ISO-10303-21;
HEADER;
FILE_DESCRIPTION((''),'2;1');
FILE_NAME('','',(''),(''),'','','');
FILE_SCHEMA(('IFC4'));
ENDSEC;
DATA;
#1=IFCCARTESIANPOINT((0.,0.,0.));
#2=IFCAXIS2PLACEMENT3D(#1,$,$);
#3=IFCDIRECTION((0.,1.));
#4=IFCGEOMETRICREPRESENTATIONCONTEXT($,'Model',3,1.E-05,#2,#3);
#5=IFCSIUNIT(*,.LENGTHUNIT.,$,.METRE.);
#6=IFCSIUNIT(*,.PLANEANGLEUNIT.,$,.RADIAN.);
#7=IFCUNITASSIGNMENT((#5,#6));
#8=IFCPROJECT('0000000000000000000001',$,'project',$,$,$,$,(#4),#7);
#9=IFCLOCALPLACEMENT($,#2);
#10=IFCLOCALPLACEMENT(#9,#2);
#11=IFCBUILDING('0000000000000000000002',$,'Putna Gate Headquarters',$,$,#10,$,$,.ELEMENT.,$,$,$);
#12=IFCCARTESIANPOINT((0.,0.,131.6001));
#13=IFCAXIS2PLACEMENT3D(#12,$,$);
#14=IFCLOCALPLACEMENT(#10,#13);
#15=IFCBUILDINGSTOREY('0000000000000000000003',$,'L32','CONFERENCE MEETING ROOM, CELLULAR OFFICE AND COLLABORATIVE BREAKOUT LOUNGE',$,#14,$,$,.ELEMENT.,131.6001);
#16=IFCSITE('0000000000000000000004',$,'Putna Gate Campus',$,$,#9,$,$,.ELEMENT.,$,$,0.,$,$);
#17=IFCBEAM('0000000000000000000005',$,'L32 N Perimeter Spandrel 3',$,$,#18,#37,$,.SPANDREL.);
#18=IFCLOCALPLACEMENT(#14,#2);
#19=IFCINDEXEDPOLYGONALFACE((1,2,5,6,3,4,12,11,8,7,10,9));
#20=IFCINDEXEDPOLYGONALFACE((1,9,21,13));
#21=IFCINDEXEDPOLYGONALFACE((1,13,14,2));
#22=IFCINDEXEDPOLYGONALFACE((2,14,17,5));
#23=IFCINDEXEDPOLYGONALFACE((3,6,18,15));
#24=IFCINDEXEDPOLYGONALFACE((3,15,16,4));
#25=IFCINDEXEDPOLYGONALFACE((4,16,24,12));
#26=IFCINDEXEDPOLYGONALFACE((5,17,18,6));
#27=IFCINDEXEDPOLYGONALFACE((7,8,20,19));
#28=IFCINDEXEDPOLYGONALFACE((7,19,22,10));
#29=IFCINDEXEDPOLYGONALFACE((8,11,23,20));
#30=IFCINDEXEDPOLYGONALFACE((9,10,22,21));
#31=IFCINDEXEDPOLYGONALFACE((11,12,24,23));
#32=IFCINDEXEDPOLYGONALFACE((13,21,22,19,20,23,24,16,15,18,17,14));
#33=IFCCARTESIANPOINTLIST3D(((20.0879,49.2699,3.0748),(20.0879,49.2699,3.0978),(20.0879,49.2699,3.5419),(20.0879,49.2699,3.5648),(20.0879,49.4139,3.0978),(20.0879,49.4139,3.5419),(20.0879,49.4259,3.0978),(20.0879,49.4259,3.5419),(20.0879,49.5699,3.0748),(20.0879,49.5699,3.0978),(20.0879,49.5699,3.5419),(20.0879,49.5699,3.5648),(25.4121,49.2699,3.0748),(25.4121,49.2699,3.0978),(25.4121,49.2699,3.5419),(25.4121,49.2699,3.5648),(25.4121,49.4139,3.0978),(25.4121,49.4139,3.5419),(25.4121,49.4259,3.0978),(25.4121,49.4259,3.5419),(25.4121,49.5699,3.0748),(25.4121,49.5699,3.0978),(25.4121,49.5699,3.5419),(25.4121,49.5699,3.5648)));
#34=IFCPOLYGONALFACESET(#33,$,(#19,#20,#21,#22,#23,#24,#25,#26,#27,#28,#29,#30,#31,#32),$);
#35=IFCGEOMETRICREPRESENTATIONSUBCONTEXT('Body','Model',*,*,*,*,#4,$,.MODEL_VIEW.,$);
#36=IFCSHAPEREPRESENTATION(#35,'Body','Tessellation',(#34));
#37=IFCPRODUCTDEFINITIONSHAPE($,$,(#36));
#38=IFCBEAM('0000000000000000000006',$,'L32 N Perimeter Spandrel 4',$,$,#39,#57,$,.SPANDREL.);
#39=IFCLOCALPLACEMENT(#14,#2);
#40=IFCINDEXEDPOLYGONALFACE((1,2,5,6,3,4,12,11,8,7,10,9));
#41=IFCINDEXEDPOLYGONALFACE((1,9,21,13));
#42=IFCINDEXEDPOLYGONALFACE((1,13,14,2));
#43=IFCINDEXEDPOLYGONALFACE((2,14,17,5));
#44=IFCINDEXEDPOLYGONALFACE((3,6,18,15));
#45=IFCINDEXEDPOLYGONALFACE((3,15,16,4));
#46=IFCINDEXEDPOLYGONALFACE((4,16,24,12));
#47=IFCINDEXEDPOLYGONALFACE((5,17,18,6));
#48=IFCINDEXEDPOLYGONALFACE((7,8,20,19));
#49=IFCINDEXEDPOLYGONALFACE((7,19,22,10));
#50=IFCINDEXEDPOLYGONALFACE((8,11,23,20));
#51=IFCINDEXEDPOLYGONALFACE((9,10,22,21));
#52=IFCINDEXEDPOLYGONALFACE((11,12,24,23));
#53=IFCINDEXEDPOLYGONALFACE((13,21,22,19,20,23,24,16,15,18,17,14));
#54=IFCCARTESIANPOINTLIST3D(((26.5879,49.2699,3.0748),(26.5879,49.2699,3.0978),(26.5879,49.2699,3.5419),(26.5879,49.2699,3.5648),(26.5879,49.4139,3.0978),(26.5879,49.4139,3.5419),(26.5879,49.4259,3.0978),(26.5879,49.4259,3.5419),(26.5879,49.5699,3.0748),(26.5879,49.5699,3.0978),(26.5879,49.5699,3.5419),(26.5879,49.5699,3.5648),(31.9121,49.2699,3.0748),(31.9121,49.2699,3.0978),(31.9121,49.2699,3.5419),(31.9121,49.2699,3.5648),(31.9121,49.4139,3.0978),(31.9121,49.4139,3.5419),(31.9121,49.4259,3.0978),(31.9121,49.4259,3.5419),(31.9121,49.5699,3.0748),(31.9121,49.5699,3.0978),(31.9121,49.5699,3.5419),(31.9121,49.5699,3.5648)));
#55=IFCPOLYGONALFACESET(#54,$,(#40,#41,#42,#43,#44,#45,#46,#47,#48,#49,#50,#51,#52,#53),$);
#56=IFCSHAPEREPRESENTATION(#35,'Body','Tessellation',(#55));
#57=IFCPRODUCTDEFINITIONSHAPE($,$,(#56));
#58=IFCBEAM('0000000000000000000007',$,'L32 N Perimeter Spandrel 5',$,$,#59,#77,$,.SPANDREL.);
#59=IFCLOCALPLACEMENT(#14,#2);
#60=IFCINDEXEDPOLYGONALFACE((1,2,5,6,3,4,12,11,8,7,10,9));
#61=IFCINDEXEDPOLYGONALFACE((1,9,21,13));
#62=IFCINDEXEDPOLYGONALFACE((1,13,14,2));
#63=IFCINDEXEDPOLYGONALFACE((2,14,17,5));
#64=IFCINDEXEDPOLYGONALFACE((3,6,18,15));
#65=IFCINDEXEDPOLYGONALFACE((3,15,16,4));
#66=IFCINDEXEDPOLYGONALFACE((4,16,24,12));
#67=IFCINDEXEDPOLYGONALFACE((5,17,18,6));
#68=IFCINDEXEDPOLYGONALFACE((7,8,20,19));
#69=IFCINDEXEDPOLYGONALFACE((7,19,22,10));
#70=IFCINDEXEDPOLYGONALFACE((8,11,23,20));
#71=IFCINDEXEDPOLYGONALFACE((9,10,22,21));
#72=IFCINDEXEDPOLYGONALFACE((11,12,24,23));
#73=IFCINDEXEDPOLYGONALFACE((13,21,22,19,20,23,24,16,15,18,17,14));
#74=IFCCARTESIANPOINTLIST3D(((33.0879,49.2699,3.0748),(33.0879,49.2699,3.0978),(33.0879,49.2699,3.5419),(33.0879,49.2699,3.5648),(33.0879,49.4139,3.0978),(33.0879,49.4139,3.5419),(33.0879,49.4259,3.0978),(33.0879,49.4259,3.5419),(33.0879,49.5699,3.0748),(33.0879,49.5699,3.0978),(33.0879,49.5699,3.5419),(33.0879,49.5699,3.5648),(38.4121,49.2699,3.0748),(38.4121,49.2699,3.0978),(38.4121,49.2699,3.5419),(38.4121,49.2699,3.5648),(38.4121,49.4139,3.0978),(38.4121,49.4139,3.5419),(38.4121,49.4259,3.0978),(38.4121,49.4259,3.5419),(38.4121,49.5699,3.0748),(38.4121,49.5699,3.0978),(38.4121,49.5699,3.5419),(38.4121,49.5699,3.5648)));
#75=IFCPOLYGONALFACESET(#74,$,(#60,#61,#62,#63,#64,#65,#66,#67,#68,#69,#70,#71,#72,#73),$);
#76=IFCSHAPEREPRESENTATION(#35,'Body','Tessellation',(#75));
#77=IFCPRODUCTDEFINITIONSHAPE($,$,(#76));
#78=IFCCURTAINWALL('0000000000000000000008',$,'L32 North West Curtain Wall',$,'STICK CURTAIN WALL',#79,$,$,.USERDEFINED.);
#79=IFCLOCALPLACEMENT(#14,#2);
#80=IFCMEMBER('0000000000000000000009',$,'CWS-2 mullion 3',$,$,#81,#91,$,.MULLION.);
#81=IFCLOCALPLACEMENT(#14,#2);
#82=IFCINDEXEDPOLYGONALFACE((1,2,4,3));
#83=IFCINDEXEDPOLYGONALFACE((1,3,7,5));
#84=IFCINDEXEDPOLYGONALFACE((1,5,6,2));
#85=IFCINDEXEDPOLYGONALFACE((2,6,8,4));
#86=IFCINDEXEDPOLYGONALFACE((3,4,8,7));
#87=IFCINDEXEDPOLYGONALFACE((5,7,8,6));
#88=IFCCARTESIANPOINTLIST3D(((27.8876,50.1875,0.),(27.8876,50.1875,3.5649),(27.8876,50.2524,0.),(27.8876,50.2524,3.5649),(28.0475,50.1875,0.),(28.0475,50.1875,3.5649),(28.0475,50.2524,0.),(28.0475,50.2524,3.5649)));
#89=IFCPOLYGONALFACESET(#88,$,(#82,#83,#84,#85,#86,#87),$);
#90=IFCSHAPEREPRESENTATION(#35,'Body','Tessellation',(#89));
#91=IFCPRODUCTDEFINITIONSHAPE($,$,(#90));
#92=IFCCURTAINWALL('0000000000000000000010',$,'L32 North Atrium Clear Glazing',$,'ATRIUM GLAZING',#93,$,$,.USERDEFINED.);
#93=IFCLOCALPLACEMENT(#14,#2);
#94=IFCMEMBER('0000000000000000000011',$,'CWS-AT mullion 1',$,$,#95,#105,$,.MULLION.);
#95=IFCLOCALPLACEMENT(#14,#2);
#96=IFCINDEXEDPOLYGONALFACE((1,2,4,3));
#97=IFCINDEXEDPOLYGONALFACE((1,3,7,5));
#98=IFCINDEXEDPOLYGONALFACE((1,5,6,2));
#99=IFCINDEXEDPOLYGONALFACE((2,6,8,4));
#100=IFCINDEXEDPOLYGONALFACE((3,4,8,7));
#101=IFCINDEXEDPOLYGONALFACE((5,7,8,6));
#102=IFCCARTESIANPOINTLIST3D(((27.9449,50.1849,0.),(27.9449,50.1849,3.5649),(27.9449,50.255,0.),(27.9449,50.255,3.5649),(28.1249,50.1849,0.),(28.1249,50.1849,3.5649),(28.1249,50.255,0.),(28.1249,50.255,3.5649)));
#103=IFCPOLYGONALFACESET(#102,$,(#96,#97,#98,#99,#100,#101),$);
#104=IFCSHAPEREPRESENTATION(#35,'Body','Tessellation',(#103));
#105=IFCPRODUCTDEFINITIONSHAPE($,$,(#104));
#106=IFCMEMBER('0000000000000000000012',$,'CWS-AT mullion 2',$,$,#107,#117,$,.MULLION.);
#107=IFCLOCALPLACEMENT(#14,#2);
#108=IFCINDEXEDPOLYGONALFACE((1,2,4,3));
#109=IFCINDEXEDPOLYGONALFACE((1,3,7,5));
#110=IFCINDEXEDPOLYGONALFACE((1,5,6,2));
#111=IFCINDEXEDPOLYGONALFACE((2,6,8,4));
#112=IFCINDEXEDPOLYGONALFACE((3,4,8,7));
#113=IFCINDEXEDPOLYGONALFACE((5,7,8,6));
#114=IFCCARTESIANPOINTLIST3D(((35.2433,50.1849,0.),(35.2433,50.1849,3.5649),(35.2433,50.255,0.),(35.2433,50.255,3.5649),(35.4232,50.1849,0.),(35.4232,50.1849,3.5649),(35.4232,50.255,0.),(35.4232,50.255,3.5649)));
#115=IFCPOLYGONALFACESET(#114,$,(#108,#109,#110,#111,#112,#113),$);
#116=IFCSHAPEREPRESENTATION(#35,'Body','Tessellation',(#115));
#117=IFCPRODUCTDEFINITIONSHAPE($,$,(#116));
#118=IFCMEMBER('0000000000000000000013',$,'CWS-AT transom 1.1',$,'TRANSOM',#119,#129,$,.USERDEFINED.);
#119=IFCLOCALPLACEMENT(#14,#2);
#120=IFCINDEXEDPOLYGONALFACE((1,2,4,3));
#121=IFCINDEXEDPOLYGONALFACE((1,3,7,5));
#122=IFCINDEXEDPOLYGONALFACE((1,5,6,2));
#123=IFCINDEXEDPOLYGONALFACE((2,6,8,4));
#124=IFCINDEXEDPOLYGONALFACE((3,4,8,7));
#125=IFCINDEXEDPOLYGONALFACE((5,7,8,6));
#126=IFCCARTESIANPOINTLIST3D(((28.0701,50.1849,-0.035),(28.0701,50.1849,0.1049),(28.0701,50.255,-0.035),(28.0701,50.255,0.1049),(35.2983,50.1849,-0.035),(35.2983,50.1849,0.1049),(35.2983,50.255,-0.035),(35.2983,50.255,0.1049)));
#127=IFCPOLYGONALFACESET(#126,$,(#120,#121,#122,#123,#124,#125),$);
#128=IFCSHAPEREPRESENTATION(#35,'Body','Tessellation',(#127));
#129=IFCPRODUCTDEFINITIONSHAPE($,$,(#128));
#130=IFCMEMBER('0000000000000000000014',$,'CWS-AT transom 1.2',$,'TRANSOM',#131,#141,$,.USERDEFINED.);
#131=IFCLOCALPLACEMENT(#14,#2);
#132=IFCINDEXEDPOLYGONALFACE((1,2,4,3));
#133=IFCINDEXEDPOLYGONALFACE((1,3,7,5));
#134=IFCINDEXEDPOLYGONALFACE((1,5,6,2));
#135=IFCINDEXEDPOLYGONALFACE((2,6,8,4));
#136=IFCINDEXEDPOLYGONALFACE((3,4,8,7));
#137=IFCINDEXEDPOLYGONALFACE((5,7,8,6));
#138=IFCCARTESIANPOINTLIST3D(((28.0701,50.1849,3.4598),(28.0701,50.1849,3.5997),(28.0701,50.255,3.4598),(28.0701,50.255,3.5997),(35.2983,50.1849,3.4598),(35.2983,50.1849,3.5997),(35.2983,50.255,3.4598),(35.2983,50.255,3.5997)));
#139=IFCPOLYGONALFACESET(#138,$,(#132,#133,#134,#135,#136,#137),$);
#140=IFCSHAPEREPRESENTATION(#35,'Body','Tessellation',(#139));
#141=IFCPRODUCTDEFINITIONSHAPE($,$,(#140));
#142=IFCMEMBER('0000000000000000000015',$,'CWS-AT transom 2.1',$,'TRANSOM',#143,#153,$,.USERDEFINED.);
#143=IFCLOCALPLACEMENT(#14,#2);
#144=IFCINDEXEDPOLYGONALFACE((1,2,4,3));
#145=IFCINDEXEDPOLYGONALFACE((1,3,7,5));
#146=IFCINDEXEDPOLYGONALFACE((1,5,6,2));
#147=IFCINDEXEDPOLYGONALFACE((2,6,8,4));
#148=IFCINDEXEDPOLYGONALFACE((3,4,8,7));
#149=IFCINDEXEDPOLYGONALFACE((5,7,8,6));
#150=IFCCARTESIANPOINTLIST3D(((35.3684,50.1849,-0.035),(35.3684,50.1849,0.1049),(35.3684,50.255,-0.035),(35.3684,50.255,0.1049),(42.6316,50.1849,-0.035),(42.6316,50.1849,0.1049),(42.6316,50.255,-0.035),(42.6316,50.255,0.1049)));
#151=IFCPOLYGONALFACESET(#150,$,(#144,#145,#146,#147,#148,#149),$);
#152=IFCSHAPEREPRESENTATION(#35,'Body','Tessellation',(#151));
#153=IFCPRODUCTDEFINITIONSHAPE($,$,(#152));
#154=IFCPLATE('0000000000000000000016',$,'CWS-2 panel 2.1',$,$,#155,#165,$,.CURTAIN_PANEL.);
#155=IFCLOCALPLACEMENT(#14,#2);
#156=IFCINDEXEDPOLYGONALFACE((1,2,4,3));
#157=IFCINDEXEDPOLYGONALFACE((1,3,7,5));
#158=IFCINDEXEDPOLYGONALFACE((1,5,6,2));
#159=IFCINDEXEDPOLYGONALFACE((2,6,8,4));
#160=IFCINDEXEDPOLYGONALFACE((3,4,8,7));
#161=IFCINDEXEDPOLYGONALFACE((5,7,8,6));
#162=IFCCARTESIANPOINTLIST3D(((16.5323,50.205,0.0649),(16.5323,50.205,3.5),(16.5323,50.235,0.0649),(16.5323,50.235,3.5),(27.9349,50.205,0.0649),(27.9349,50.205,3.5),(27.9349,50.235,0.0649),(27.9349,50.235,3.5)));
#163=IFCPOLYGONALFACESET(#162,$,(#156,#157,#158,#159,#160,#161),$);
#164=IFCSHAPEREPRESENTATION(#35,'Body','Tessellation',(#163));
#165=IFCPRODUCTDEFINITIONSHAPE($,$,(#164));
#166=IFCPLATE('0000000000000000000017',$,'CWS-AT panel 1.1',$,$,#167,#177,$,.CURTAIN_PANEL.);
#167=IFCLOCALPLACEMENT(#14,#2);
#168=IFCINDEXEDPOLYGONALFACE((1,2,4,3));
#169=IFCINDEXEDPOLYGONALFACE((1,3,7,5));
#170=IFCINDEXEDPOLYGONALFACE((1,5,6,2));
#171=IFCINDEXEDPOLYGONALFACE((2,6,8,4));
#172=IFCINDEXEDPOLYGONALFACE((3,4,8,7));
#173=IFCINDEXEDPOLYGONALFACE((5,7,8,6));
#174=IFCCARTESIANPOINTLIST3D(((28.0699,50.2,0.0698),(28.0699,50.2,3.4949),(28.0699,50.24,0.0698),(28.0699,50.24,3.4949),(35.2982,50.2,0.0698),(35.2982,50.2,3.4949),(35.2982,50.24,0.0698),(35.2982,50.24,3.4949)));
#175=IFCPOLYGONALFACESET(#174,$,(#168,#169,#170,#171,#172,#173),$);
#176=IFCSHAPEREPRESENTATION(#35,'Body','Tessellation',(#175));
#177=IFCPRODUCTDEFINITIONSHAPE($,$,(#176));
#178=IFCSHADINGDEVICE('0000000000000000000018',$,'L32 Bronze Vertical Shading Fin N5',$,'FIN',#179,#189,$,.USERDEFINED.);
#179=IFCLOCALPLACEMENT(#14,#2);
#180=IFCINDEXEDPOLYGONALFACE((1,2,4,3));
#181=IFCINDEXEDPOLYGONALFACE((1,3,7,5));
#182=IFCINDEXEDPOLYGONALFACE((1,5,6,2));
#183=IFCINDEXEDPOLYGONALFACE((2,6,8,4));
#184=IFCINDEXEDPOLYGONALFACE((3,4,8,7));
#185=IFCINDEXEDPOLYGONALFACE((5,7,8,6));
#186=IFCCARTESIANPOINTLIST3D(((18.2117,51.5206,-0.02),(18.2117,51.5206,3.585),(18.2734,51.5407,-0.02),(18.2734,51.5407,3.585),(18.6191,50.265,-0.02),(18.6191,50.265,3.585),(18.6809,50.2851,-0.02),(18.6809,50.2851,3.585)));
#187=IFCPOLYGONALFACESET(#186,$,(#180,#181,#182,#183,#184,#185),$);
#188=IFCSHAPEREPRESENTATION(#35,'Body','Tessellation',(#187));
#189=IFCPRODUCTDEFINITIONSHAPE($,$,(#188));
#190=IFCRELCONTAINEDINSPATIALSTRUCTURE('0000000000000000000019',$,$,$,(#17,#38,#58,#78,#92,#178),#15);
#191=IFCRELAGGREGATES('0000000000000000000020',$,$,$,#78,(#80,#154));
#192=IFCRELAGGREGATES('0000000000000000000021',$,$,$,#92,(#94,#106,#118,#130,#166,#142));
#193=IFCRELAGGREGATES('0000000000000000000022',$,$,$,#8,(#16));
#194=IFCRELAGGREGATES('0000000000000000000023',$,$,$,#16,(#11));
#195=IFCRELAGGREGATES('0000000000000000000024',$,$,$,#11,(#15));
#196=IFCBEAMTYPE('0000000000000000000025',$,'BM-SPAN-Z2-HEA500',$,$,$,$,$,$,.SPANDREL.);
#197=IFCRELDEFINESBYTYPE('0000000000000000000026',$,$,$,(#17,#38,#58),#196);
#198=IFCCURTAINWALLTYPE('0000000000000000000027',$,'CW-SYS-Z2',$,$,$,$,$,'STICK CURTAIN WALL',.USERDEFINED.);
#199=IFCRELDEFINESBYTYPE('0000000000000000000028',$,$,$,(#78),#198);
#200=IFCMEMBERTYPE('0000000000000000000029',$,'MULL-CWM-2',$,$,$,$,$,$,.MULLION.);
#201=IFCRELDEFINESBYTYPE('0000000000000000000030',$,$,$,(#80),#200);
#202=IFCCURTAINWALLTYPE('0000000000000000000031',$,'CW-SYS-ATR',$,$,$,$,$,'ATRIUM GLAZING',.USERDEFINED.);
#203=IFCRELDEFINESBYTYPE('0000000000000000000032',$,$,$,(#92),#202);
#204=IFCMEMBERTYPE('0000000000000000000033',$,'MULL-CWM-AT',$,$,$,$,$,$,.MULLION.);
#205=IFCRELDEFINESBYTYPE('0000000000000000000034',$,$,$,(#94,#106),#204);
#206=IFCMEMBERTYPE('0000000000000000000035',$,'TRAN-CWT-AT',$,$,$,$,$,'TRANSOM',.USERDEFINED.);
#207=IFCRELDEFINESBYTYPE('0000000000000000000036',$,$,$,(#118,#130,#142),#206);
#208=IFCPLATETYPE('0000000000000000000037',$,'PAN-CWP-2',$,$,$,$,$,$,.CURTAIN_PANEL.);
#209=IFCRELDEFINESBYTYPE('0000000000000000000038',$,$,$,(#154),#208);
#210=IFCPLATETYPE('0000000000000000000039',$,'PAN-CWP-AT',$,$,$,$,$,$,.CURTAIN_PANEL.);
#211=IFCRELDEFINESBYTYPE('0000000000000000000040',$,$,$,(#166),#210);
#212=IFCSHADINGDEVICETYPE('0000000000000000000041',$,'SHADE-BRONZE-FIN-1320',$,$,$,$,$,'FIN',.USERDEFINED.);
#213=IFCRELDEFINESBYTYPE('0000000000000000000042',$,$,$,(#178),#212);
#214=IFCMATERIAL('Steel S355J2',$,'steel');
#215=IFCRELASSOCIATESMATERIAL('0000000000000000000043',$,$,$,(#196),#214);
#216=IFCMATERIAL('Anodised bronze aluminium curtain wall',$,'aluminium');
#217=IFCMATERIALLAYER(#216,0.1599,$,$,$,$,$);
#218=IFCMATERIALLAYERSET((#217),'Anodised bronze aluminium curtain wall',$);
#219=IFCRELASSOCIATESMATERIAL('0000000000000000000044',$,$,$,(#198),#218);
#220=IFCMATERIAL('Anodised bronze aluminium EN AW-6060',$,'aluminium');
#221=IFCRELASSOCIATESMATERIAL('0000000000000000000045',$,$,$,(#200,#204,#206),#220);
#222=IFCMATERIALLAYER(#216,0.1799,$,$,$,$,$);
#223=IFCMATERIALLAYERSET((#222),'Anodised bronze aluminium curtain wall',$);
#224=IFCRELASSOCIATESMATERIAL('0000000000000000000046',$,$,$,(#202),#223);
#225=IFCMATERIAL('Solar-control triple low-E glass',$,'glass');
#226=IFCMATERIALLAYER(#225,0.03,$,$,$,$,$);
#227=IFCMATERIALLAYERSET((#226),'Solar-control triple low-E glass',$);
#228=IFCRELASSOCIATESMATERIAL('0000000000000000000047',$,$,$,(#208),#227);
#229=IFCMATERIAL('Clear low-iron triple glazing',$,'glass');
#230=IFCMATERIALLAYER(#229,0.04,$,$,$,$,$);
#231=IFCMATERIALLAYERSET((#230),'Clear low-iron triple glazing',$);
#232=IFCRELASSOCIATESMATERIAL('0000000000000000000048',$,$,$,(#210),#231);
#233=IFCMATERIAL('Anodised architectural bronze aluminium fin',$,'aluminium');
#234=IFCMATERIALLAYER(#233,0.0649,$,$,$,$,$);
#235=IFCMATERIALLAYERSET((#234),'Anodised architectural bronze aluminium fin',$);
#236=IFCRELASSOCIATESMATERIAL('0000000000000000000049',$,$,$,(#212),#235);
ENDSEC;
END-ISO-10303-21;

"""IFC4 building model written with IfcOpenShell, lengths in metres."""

from ifc_helpers import new_model, si_unit, direction, frame, origin, origin_2d, place, context, subcontext, project, spatial, rectangle, i_section, extrude, material, layer, layer_set, material_profile, profile_set, type_object, element, aggregate, save


model = new_model("IFC4")

# Units and contexts
model_context = context("Model", 3, precision=1e-05, world=origin(), true_north=direction((0.0, 1.0)))
body_context = subcontext(model_context, "Body", "Model", "MODEL_VIEW")
ifc_project = project(units=[si_unit("LENGTHUNIT", "METRE"), si_unit("PLANEANGLEUNIT", "RADIAN")], contexts=[model_context])

# Site, building, storey
site_placement = place(None, origin())
site = spatial("IfcSite", under=ifc_project, at=site_placement, Name="Putna Gate Campus", CompositionType="ELEMENT", RefElevation=0.0)
building_placement = place(site_placement, origin())
building = spatial("IfcBuilding", under=site, at=building_placement, Name="Putna Gate Headquarters", CompositionType="ELEMENT")
storey_placement = place(building_placement, frame((0.0, 0.0, 131.6001)))
storey = spatial("IfcBuildingStorey", under=building, at=storey_placement, Name="L32", Description="CONFERENCE MEETING ROOM, CELLULAR OFFICE AND COLLABORATIVE BREAKOUT LOUNGE", CompositionType="ELEMENT", Elevation=131.6001)

# Beams
ifc_material_1 = material(Name="Steel S355J2", Category="steel")
ifc_material_profile_1 = material_profile(ifc_material_1, i_section(OverallWidth=0.3, OverallDepth=0.49, WebThickness=0.012, FlangeThickness=0.0229, at=origin_2d()), Name="Steel S355J2")
ifc_profile_set_1 = profile_set([ifc_material_profile_1], Name="Steel S355J2")
beam_type_1 = type_object("IfcBeamType", Name="BM-SPAN-Z2-HEA500", PredefinedType="SPANDREL", material=ifc_profile_set_1)
for number, where, z_axis, x_axis, name in (
    (1, (20.0879, 49.4199, 3.3198), (1.0, 0.0, 0.0), (0.0, 1.0, 0.0), "L32 N Perimeter Spandrel 3"),
    (2, (26.5879, 49.4199, 3.3198), (1.0, 0.0, 0.0), (0.0, 1.0, 0.0), "L32 N Perimeter Spandrel 4"),
    (3, (33.0879, 49.4199, 3.3198), (1.0, 0.0, 0.0), (0.0, 1.0, 0.0), "L32 N Perimeter Spandrel 5"),
):
    element("IfcBeam", number, at=place(storey_placement, frame(where, z_axis=z_axis, x_axis=x_axis)), inside=storey, type_object=beam_type_1, Name=name, PredefinedType="SPANDREL", context=body_context, shape_type="SweptSolid", body=[
        extrude(i_section(OverallWidth=0.3, OverallDepth=0.49, WebThickness=0.012, FlangeThickness=0.0229, at=origin_2d()), origin(), (0.0, 0.0, 1.0), 5.3242),
    ])

# Curtain wall, member
ifc_material_2 = material(Name="Anodised bronze aluminium curtain wall", Category="aluminium")
ifc_layer_1 = layer(ifc_material_2, 0.1599)
ifc_layer_set_1 = layer_set([ifc_layer_1], Name="Anodised bronze aluminium curtain wall")
curtain_wall_type_1 = type_object("IfcCurtainWallType", Name="CW-SYS-Z2", ElementType="STICK CURTAIN WALL", PredefinedType="USERDEFINED", material=ifc_layer_set_1)
curtain_wall_1_placement = place(storey_placement, origin())
curtain_wall_1 = element("IfcCurtainWall", 4, at=curtain_wall_1_placement, inside=storey, type_object=curtain_wall_type_1, Name="L32 North West Curtain Wall", ObjectType="STICK CURTAIN WALL", PredefinedType="USERDEFINED")
ifc_material_3 = material(Name="Anodised bronze aluminium EN AW-6060", Category="aluminium")
ifc_material_profile_2 = material_profile(ifc_material_3, rectangle(XDim=0.0649, YDim=0.1599, at=origin_2d()), Name="Anodised bronze aluminium EN AW-6060")
ifc_profile_set_2 = profile_set([ifc_material_profile_2], Name="Anodised bronze aluminium EN AW-6060")
member_type_1 = type_object("IfcMemberType", Name="MULL-CWM-2", PredefinedType="MULLION", material=ifc_profile_set_2)
member_1_placement = place(storey_placement, frame((27.9675, 50.22, 0.0), z_axis=(0.0, 0.0, 1.0), x_axis=(0.0, 1.0, 0.0)))
member_1 = element("IfcMember", 5, at=member_1_placement, type_object=member_type_1, Name="CWS-2 mullion 3", PredefinedType="MULLION", context=body_context, shape_type="SweptSolid", body=[
    extrude(rectangle(XDim=0.0649, YDim=0.1599, at=origin_2d()), origin(), (0.0, 0.0, 1.0), 3.5649),
])

# Curtain wall, members
ifc_layer_2 = layer(ifc_material_2, 0.1799)
ifc_layer_set_2 = layer_set([ifc_layer_2], Name="Anodised bronze aluminium curtain wall")
curtain_wall_type_2 = type_object("IfcCurtainWallType", Name="CW-SYS-ATR", ElementType="ATRIUM GLAZING", PredefinedType="USERDEFINED", material=ifc_layer_set_2)
curtain_wall_2_placement = place(storey_placement, origin())
curtain_wall_2 = element("IfcCurtainWall", 6, at=curtain_wall_2_placement, inside=storey, type_object=curtain_wall_type_2, Name="L32 North Atrium Clear Glazing", ObjectType="ATRIUM GLAZING", PredefinedType="USERDEFINED")
ifc_material_profile_3 = material_profile(ifc_material_3, rectangle(XDim=0.0701, YDim=0.1799, at=origin_2d()), Name="Anodised bronze aluminium EN AW-6060")
ifc_profile_set_3 = profile_set([ifc_material_profile_3], Name="Anodised bronze aluminium EN AW-6060")
member_type_2 = type_object("IfcMemberType", Name="MULL-CWM-AT", PredefinedType="MULLION", material=ifc_profile_set_3)
member_2_placement = place(storey_placement, frame((28.0349, 50.22, 0.0), z_axis=(0.0, 0.0, 1.0), x_axis=(0.0, 1.0, 0.0)))
member_2 = element("IfcMember", 7, at=member_2_placement, type_object=member_type_2, Name="CWS-AT mullion 1", PredefinedType="MULLION", context=body_context, shape_type="SweptSolid", body=[
    extrude(rectangle(XDim=0.0701, YDim=0.1799, at=origin_2d()), origin(), (0.0, 0.0, 1.0), 3.5649),
])
member_3_placement = place(storey_placement, frame((35.3333, 50.22, 0.0), z_axis=(0.0, 0.0, 1.0), x_axis=(0.0, 1.0, 0.0)))
member_3 = element("IfcMember", 8, at=member_3_placement, type_object=member_type_2, Name="CWS-AT mullion 2", PredefinedType="MULLION", context=body_context, shape_type="SweptSolid", body=[
    extrude(rectangle(XDim=0.0701, YDim=0.1799, at=origin_2d()), origin(), (0.0, 0.0, 1.0), 3.5649),
])
ifc_material_profile_4 = material_profile(ifc_material_3, rectangle(XDim=0.0701, YDim=0.1399, at=origin_2d()), Name="Anodised bronze aluminium EN AW-6060")
ifc_profile_set_4 = profile_set([ifc_material_profile_4], Name="Anodised bronze aluminium EN AW-6060")
member_type_3 = type_object("IfcMemberType", Name="TRAN-CWT-AT", ElementType="TRANSOM", PredefinedType="USERDEFINED", material=ifc_profile_set_4)
member_4_placement = place(storey_placement, frame((28.0701, 50.22, 0.0349), z_axis=(1.0, 0.0, 0.0), x_axis=(0.0, 1.0, 0.0)))
member_4 = element("IfcMember", 9, at=member_4_placement, type_object=member_type_3, Name="CWS-AT transom 1.1", ObjectType="TRANSOM", PredefinedType="USERDEFINED", context=body_context, shape_type="SweptSolid", body=[
    extrude(rectangle(XDim=0.0701, YDim=0.1399, at=origin_2d()), origin(), (0.0, 0.0, 1.0), 7.2283),
])
member_5_placement = place(storey_placement, frame((28.0701, 50.22, 3.5298), z_axis=(1.0, 0.0, 0.0), x_axis=(0.0, 1.0, 0.0)))
member_5 = element("IfcMember", 10, at=member_5_placement, type_object=member_type_3, Name="CWS-AT transom 1.2", ObjectType="TRANSOM", PredefinedType="USERDEFINED", context=body_context, shape_type="SweptSolid", body=[
    extrude(rectangle(XDim=0.0701, YDim=0.1399, at=origin_2d()), origin(), (0.0, 0.0, 1.0), 7.2283),
])
member_6_placement = place(storey_placement, frame((35.3684, 50.22, 0.0349), z_axis=(1.0, 0.0, 0.0), x_axis=(0.0, 1.0, 0.0)))
member_6 = element("IfcMember", 11, at=member_6_placement, type_object=member_type_3, Name="CWS-AT transom 2.1", ObjectType="TRANSOM", PredefinedType="USERDEFINED", context=body_context, shape_type="SweptSolid", body=[
    extrude(rectangle(XDim=0.0701, YDim=0.1399, at=origin_2d()), origin(), (0.0, 0.0, 1.0), 7.2632),
])

# Plates
ifc_material_4 = material(Name="Solar-control triple low-E glass", Category="glass")
ifc_layer_3 = layer(ifc_material_4, 0.03)
ifc_layer_set_3 = layer_set([ifc_layer_3], Name="Solar-control triple low-E glass")
plate_type_1 = type_object("IfcPlateType", Name="PAN-CWP-2", PredefinedType="CURTAIN_PANEL", material=ifc_layer_set_3)
plate_1_placement = place(storey_placement, frame((22.2336, 50.22, 0.0649), z_axis=(0.0, 0.0, 1.0), x_axis=(1.0, 0.0, 0.0)))
plate_1 = element("IfcPlate", 12, at=plate_1_placement, type_object=plate_type_1, Name="CWS-2 panel 2.1", PredefinedType="CURTAIN_PANEL", context=body_context, shape_type="SweptSolid", body=[
    extrude(rectangle(XDim=11.4026, YDim=0.03, at=origin_2d()), origin(), (0.0, 0.0, 1.0), 3.4351),
])
aggregate(curtain_wall_1, [member_1, plate_1])
ifc_material_5 = material(Name="Clear low-iron triple glazing", Category="glass")
ifc_layer_4 = layer(ifc_material_5, 0.04)
ifc_layer_set_4 = layer_set([ifc_layer_4], Name="Clear low-iron triple glazing")
plate_type_2 = type_object("IfcPlateType", Name="PAN-CWP-AT", PredefinedType="CURTAIN_PANEL", material=ifc_layer_set_4)
plate_2_placement = place(storey_placement, frame((31.6841, 50.22, 0.0698), z_axis=(0.0, 0.0, 1.0), x_axis=(1.0, 0.0, 0.0)))
plate_2 = element("IfcPlate", 13, at=plate_2_placement, type_object=plate_type_2, Name="CWS-AT panel 1.1", PredefinedType="CURTAIN_PANEL", context=body_context, shape_type="SweptSolid", body=[
    extrude(rectangle(XDim=7.2283, YDim=0.04, at=origin_2d()), origin(), (0.0, 0.0, 1.0), 3.425),
])
aggregate(curtain_wall_2, [member_2, member_3, member_4, member_5, plate_2, member_6])

# Shading device
ifc_material_6 = material(Name="Anodised architectural bronze aluminium fin", Category="aluminium")
ifc_layer_5 = layer(ifc_material_6, 0.0649)
ifc_layer_set_5 = layer_set([ifc_layer_5], Name="Anodised architectural bronze aluminium fin")
shading_device_type = type_object("IfcShadingDeviceType", Name="SHADE-BRONZE-FIN-1320", ElementType="FIN", PredefinedType="USERDEFINED", material=ifc_layer_set_5)
for number, where, z_axis, x_axis, name in (
    (14, (18.4463, 50.9028, -0.02), (0.0, 0.0, 1.0), (-0.308685, 0.951164, 0.0), "L32 Bronze Vertical Shading Fin N5"),
):
    element("IfcShadingDevice", number, at=place(storey_placement, frame(where, z_axis=z_axis, x_axis=x_axis)), inside=storey, type_object=shading_device_type, Name=name, ObjectType="FIN", PredefinedType="USERDEFINED", context=body_context, shape_type="SweptSolid", body=[
        extrude(rectangle(XDim=1.3201, YDim=0.0649, at=origin_2d()), origin(), (0.0, 0.0, 1.0), 3.605),
    ])

save(model, "model.ifc")
